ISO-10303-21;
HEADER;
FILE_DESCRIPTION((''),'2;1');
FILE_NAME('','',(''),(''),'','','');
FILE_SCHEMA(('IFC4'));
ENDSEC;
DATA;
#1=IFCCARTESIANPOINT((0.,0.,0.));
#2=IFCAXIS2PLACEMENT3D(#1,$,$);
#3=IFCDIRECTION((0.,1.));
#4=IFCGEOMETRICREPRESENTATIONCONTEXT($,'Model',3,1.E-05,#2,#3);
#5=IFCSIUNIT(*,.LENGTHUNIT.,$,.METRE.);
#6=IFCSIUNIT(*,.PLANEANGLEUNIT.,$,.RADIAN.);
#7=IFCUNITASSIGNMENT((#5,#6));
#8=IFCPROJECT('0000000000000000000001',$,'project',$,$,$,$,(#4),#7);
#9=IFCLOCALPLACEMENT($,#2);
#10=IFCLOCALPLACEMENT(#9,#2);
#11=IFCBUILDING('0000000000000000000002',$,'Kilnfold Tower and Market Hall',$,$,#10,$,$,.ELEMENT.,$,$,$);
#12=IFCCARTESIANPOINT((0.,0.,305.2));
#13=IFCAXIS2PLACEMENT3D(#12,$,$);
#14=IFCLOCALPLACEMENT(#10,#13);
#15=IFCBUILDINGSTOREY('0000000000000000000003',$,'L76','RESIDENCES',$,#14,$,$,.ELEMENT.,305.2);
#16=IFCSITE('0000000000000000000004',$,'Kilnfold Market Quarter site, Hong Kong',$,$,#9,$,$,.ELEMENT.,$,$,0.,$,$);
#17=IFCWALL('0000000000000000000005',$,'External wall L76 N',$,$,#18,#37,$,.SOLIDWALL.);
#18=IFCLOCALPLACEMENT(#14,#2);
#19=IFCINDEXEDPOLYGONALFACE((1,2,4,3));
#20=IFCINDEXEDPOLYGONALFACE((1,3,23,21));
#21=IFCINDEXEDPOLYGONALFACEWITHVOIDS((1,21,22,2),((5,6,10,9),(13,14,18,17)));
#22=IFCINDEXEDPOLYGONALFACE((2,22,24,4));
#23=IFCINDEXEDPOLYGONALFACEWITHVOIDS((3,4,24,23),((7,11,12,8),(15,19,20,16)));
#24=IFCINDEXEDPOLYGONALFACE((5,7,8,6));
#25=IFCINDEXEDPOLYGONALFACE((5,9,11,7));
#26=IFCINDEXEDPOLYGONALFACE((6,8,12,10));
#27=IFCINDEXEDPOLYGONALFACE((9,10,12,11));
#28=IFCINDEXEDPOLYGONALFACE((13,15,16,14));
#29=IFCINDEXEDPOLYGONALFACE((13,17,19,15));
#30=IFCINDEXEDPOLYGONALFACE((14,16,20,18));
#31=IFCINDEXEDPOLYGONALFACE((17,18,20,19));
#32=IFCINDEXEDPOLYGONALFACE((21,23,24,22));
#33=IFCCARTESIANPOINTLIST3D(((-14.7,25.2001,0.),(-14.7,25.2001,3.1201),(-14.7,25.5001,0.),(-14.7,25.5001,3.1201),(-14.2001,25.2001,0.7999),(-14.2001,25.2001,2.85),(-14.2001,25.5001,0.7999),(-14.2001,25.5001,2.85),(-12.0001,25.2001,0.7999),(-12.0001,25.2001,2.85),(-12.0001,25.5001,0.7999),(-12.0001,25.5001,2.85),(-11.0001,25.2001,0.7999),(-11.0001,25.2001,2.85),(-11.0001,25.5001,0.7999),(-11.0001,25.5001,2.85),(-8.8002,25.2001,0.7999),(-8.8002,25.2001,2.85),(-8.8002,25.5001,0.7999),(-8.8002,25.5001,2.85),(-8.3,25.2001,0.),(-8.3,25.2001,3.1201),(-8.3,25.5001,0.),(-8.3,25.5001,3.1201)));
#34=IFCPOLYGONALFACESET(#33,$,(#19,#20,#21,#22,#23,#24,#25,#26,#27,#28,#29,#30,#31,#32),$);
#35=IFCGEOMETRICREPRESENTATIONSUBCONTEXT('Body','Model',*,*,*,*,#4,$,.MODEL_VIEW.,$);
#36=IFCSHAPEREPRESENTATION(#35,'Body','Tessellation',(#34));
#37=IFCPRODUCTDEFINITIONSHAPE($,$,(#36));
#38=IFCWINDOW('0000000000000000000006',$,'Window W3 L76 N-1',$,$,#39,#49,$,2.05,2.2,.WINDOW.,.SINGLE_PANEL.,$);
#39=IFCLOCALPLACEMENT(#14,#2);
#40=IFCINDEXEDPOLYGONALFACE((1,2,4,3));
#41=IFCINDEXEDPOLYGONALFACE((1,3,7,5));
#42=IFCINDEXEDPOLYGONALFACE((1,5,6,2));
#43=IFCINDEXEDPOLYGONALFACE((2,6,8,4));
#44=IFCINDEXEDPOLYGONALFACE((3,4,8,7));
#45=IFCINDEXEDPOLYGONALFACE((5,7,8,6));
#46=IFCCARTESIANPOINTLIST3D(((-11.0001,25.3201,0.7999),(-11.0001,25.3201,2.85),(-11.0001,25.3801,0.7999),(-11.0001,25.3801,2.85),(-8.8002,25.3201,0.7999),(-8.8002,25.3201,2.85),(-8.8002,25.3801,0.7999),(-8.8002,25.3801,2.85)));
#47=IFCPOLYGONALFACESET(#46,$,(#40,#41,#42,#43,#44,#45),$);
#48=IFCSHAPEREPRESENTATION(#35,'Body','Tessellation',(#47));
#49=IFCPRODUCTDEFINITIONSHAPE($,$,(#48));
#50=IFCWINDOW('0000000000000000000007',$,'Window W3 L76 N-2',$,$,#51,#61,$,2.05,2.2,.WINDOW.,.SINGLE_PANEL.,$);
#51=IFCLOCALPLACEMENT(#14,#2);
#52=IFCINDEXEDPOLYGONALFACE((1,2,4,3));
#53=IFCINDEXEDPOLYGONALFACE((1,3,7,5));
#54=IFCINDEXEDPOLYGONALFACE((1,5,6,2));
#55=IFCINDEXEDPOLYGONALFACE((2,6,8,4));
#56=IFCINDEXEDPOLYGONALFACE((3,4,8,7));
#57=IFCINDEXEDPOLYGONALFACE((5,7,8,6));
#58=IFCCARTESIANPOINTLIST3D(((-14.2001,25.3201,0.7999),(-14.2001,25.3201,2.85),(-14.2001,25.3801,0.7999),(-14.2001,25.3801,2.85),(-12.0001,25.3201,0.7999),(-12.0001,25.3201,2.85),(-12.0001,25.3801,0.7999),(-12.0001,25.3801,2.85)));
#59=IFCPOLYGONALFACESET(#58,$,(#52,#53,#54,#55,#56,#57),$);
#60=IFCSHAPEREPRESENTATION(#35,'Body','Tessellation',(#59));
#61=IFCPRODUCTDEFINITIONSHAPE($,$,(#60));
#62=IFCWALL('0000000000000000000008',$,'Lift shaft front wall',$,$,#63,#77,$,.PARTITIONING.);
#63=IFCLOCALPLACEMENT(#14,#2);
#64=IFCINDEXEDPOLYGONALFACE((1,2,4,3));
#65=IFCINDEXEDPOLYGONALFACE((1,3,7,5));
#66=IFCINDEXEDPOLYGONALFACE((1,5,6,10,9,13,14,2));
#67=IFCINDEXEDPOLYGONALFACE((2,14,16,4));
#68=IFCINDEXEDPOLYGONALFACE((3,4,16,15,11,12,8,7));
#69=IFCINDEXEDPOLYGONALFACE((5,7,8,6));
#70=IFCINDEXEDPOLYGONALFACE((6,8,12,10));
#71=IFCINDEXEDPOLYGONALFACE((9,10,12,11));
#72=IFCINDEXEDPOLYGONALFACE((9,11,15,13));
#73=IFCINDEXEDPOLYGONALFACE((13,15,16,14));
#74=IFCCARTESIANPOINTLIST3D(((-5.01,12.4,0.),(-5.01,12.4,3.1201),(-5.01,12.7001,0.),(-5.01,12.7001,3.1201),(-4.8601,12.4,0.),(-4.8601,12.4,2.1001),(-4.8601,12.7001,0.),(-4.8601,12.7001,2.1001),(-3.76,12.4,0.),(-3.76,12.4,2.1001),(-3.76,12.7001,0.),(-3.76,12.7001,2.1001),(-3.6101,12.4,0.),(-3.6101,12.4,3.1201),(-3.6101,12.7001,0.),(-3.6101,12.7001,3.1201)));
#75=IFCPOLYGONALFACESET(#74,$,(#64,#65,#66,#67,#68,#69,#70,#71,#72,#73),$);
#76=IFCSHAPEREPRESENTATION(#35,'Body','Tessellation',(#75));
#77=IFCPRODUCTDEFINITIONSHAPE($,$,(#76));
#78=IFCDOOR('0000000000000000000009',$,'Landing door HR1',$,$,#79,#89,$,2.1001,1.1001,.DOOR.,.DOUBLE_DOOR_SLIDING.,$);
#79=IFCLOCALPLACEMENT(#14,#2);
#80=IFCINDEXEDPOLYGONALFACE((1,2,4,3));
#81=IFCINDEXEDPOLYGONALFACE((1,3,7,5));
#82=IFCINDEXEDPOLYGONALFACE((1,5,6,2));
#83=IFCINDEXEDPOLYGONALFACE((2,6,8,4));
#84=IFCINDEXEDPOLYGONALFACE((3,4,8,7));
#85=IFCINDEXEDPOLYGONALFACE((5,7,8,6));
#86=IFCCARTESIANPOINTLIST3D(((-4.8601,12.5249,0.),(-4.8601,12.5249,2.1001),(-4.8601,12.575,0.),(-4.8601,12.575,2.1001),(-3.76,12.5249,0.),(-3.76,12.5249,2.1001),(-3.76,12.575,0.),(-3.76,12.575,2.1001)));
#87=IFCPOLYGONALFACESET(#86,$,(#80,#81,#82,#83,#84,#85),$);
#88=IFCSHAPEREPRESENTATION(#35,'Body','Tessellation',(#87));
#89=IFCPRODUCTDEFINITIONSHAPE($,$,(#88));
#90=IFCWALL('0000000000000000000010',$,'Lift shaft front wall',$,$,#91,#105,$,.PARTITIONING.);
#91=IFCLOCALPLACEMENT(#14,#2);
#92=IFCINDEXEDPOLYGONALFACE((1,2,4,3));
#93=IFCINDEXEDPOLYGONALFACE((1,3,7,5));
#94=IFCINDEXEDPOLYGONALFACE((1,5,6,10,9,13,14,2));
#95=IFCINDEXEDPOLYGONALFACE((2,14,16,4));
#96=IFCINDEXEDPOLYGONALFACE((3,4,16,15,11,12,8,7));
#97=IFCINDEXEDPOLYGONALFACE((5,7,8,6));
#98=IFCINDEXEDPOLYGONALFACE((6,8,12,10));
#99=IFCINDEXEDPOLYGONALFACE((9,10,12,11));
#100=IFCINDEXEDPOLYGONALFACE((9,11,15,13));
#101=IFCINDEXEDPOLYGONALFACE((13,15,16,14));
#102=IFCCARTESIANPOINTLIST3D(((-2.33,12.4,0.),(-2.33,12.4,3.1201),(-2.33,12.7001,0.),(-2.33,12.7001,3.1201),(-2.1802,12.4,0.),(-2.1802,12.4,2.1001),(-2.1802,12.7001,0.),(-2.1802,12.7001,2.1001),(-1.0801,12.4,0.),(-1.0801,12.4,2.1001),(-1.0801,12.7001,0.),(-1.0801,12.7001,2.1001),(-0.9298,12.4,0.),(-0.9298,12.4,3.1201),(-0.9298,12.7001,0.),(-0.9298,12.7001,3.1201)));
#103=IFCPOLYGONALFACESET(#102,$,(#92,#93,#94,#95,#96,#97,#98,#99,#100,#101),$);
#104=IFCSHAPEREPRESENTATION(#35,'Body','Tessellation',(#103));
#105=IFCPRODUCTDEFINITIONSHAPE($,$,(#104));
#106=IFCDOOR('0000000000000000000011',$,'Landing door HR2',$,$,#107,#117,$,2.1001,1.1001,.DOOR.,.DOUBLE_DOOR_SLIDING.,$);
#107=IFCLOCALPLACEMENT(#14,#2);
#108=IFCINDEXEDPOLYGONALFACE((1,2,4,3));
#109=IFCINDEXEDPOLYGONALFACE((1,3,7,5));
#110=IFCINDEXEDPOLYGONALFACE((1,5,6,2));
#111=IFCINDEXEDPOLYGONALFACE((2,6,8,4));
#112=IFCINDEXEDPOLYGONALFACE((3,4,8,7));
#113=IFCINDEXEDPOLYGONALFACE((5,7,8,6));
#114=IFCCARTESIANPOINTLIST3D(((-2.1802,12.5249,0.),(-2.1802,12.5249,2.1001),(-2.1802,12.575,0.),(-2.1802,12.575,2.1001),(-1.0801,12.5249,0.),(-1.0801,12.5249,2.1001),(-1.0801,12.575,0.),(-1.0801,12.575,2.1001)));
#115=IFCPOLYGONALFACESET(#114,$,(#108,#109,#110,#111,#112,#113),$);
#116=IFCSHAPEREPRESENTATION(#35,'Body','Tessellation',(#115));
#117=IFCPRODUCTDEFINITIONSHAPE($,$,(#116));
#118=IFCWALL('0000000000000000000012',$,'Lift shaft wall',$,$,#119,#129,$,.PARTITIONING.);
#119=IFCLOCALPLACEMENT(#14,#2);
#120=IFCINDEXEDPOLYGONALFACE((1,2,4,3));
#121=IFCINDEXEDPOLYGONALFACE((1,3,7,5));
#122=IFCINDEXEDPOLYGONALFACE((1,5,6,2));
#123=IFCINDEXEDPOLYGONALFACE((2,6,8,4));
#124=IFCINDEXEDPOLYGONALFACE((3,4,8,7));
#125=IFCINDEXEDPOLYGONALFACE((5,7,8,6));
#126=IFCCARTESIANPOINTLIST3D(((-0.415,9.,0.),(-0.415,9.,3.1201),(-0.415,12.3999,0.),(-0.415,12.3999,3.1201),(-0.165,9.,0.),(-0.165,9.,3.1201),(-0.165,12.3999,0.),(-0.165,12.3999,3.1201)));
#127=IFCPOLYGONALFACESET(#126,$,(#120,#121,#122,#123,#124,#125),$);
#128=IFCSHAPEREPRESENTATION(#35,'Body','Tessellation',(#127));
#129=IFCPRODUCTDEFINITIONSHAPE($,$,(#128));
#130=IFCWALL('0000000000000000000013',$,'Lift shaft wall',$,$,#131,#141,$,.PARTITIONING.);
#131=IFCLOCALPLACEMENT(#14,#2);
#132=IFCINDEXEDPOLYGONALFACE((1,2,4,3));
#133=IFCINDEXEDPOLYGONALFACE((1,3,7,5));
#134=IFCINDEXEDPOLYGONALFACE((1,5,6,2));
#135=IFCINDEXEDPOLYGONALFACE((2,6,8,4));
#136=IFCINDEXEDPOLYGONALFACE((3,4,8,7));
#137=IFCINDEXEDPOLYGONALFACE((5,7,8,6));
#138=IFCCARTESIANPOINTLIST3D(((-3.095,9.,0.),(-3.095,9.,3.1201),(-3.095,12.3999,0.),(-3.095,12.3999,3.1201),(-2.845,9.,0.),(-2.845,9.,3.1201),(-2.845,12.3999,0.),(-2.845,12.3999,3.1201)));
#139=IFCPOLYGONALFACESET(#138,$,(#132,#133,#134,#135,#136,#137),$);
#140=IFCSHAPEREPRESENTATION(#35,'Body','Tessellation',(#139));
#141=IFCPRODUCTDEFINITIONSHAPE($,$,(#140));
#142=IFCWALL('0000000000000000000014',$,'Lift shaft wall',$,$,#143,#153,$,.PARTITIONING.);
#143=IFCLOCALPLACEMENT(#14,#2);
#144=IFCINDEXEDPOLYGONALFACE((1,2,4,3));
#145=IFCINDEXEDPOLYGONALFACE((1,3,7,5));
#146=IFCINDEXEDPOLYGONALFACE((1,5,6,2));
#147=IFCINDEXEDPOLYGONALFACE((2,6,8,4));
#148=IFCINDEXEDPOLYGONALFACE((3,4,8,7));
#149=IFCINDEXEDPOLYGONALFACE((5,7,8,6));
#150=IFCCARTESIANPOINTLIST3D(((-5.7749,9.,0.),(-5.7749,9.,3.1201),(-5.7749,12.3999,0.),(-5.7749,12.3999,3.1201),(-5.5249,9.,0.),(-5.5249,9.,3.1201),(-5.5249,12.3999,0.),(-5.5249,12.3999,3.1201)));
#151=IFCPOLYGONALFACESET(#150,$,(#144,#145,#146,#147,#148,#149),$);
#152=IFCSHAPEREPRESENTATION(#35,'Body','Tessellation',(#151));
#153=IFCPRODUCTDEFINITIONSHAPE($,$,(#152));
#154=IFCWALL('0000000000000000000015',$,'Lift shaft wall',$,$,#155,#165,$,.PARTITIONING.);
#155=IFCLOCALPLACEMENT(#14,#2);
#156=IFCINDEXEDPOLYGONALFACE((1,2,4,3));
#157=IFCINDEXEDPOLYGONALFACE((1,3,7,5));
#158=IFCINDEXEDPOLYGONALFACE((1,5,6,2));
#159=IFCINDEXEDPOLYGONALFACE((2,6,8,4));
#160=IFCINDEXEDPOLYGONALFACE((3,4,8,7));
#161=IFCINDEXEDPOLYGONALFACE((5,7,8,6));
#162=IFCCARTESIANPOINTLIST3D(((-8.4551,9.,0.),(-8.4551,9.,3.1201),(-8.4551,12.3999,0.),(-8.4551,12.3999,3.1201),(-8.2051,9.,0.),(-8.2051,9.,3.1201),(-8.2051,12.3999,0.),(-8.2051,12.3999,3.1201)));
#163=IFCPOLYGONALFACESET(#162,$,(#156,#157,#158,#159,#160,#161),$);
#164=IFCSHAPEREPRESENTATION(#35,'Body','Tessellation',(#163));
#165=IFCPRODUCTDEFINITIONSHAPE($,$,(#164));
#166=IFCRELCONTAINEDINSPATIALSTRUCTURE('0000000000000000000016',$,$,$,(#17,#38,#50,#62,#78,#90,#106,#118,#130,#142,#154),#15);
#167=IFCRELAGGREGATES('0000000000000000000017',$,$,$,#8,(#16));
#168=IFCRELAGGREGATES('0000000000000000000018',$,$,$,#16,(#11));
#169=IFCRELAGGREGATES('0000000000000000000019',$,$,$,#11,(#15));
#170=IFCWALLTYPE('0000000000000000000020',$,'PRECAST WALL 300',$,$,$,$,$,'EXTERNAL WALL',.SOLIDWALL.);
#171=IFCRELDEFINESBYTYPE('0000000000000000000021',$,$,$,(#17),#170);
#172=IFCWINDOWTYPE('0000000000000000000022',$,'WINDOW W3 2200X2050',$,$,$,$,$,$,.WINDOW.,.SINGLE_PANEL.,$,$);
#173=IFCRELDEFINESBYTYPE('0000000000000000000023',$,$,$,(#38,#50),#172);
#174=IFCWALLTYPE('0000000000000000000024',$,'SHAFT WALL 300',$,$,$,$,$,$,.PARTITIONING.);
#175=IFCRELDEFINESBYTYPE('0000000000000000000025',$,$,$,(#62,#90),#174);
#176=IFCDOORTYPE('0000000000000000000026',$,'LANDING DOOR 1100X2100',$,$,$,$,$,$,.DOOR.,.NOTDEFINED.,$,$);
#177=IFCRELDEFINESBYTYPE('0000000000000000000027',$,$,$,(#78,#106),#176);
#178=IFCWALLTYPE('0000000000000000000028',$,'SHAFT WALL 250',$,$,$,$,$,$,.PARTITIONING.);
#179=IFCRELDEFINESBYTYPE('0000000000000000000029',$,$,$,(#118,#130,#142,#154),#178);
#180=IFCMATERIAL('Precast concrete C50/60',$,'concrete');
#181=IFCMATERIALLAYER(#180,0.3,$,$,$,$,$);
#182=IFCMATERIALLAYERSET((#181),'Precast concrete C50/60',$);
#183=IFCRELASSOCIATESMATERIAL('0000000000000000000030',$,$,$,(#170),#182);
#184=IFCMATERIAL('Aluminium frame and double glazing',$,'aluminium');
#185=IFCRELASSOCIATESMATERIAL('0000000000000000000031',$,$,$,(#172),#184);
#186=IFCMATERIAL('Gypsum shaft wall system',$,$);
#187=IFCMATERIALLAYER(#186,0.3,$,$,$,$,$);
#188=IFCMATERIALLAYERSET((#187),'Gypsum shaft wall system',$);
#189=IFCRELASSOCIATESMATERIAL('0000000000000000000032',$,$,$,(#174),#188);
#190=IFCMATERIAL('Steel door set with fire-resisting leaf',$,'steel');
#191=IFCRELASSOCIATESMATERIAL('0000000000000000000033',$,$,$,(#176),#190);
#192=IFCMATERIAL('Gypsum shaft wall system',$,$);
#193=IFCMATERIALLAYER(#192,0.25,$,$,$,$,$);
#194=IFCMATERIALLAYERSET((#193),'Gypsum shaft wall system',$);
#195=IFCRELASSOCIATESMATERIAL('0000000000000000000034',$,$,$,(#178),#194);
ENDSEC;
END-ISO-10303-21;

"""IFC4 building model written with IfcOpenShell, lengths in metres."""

from ifc_helpers import new_model, si_unit, direction, frame, frame_2d, origin, place, context, subcontext, project, spatial, rectangle, extrude, source, transform, mapped, material, layer, layer_set, type_object, element, fill, save


model = new_model("IFC4")

# Units and contexts
model_context = context("Model", 3, precision=1e-05, world=origin(), true_north=direction((0.0, 1.0)))
body_context = subcontext(model_context, "Body", "Model", "MODEL_VIEW")
ifc_project = project(units=[si_unit("LENGTHUNIT", "METRE"), si_unit("PLANEANGLEUNIT", "RADIAN")], contexts=[model_context])

# Site, building, storey
site_placement = place(None, origin())
site = spatial("IfcSite", under=ifc_project, at=site_placement, Name="Kilnfold Market Quarter site, Hong Kong", CompositionType="ELEMENT", RefElevation=0.0)
building_placement = place(site_placement, origin())
building = spatial("IfcBuilding", under=site, at=building_placement, Name="Kilnfold Tower and Market Hall", CompositionType="ELEMENT")
storey_placement = place(building_placement, frame((0.0, 0.0, 305.2)))
storey = spatial("IfcBuildingStorey", under=building, at=storey_placement, Name="L76", Description="RESIDENCES", CompositionType="ELEMENT", Elevation=305.2)

# Wall, openings, windows
ifc_material_1 = material(Name="Precast concrete C50/60", Category="concrete")
ifc_layer_1 = layer(ifc_material_1, 0.3)
ifc_layer_set_1 = layer_set([ifc_layer_1], Name="Precast concrete C50/60")
wall_type_1 = type_object("IfcWallType", Name="PRECAST WALL 300", ElementType="EXTERNAL WALL", PredefinedType="SOLIDWALL", material=ifc_layer_set_1)
shared_shape_1 = source(origin(), body_context, "Body", "SweptSolid", [
    extrude(rectangle(XDim=6.3999, YDim=0.3, at=frame_2d((3.2, 0.0))), origin(), (0.0, 0.0, 1.0), 3.1201),
])
ifc_material_2 = material(Name="Aluminium frame and double glazing", Category="aluminium")
window_type = type_object("IfcWindowType", Name="WINDOW W3 2200X2050", PartitioningType="SINGLE_PANEL", PredefinedType="WINDOW", material=ifc_material_2)
wall_1_placement = place(storey_placement, frame((-8.3, 25.3501, 0.0), z_axis=(0.0, 0.0, 1.0), x_axis=(-1.0, 0.0, 0.0)))
wall_1 = element("IfcWall", 1, at=wall_1_placement, inside=storey, type_object=wall_type_1, Name="External wall L76 N", PredefinedType="SOLIDWALL", context=body_context, shape_type="MappedRepresentation", body=[
    mapped(shared_shape_1, transform((0.0, 0.0, 0.0))),
])
opening_1_placement = place(wall_1_placement, frame((0.5, 0.0, 0.8)))
opening_1 = element("IfcOpeningElement", 2, at=opening_1_placement, cuts=wall_1, PredefinedType="OPENING", context=body_context, shape_type="SweptSolid", body=[
    extrude(rectangle(XDim=2.2, YDim=2.05, at=frame_2d((1.1001, 1.0249))), frame((0.0, 0.1602, 0.0), z_axis=(0.0, -1.0, 0.0), x_axis=(1.0, 0.0, 0.0)), (0.0, 0.0, 1.0), 0.3201),
])
opening_2_placement = place(wall_1_placement, frame((3.7, 0.0, 0.8)))
opening_2 = element("IfcOpeningElement", 3, at=opening_2_placement, cuts=wall_1, PredefinedType="OPENING", context=body_context, shape_type="SweptSolid", body=[
    extrude(rectangle(XDim=2.2, YDim=2.05, at=frame_2d((1.1001, 1.0249))), frame((0.0, 0.1602, 0.0), z_axis=(0.0, -1.0, 0.0), x_axis=(1.0, 0.0, 0.0)), (0.0, 0.0, 1.0), 0.3201),
])
window_1_placement = place(opening_1_placement, origin())
window_1 = element("IfcWindow", 4, at=window_1_placement, inside=storey, type_object=window_type, Name="Window W3 L76 N-1", OverallHeight=2.05, OverallWidth=2.2, PartitioningType="SINGLE_PANEL", PredefinedType="WINDOW", context=body_context, shape_type="SweptSolid", body=[
    extrude(rectangle(XDim=2.2, YDim=2.05, at=frame_2d((1.1001, 1.0249))), frame((0.0, 0.03, 0.0), z_axis=(0.0, -1.0, 0.0), x_axis=(1.0, 0.0, 0.0)), (0.0, 0.0, 1.0), 0.0601),
])
fill(opening_1, window_1)
window_2_placement = place(opening_2_placement, origin())
window_2 = element("IfcWindow", 5, at=window_2_placement, inside=storey, type_object=window_type, Name="Window W3 L76 N-2", OverallHeight=2.05, OverallWidth=2.2, PartitioningType="SINGLE_PANEL", PredefinedType="WINDOW", context=body_context, shape_type="SweptSolid", body=[
    extrude(rectangle(XDim=2.2, YDim=2.05, at=frame_2d((1.1001, 1.0249))), frame((0.0, 0.03, 0.0), z_axis=(0.0, -1.0, 0.0), x_axis=(1.0, 0.0, 0.0)), (0.0, 0.0, 1.0), 0.0601),
])
fill(opening_2, window_2)

# Walls, openings, doors
ifc_material_3 = material(Name="Gypsum shaft wall system")
ifc_layer_2 = layer(ifc_material_3, 0.3)
ifc_layer_set_2 = layer_set([ifc_layer_2], Name="Gypsum shaft wall system")
wall_type_2 = type_object("IfcWallType", Name="SHAFT WALL 300", PredefinedType="PARTITIONING", material=ifc_layer_set_2)
shared_shape_2 = source(origin(), body_context, "Body", "SweptSolid", [
    extrude(rectangle(XDim=1.3999, YDim=0.3, at=frame_2d((0.7, 0.0))), origin(), (0.0, 0.0, 1.0), 3.1201),
])
wall_2_placement = place(storey_placement, frame((-5.01, 12.55, 0.0), z_axis=(0.0, 0.0, 1.0), x_axis=(1.0, 0.0, 0.0)))
wall_2 = element("IfcWall", 6, at=wall_2_placement, inside=storey, type_object=wall_type_2, Name="Lift shaft front wall", PredefinedType="PARTITIONING", context=body_context, shape_type="MappedRepresentation", body=[
    mapped(shared_shape_2, transform((0.0, 0.0, 0.0))),
])
opening_3_placement = place(wall_2_placement, frame((0.1499, 0.0, 0.0)))
opening_3 = element("IfcOpeningElement", 7, at=opening_3_placement, cuts=wall_2, PredefinedType="OPENING", context=body_context, shape_type="SweptSolid", body=[
    extrude(rectangle(XDim=1.1001, YDim=2.1001, at=frame_2d((0.55, 1.05))), frame((0.0, 0.1602, 0.0), z_axis=(0.0, -1.0, 0.0), x_axis=(1.0, 0.0, 0.0)), (0.0, 0.0, 1.0), 0.3201),
])
ifc_material_4 = material(Name="Steel door set with fire-resisting leaf", Category="steel")
door_type = type_object("IfcDoorType", Name="LANDING DOOR 1100X2100", OperationType="NOTDEFINED", PredefinedType="DOOR", material=ifc_material_4)
door_1_placement = place(opening_3_placement, origin())
door_1 = element("IfcDoor", 8, at=door_1_placement, inside=storey, type_object=door_type, Name="Landing door HR1", OperationType="DOUBLE_DOOR_SLIDING", OverallHeight=2.1001, OverallWidth=1.1001, PredefinedType="DOOR", context=body_context, shape_type="SweptSolid", body=[
    extrude(rectangle(XDim=1.1001, YDim=2.1001, at=frame_2d((0.55, 1.05))), frame((0.0, 0.0249, 0.0), z_axis=(0.0, -1.0, 0.0), x_axis=(1.0, 0.0, 0.0)), (0.0, 0.0, 1.0), 0.05),
])
fill(opening_3, door_1)
shared_shape_3 = source(origin(), body_context, "Body", "SweptSolid", [
    extrude(rectangle(XDim=1.4001, YDim=0.3, at=frame_2d((0.7002, 0.0))), origin(), (0.0, 0.0, 1.0), 3.1201),
])
wall_3_placement = place(storey_placement, frame((-2.3301, 12.55, 0.0), z_axis=(0.0, 0.0, 1.0), x_axis=(1.0, 0.0, 0.0)))
wall_3 = element("IfcWall", 9, at=wall_3_placement, inside=storey, type_object=wall_type_2, Name="Lift shaft front wall", PredefinedType="PARTITIONING", context=body_context, shape_type="MappedRepresentation", body=[
    mapped(shared_shape_3, transform((0.0, 0.0, 0.0))),
])
opening_4_placement = place(wall_3_placement, frame((0.1499, 0.0, 0.0)))
opening_4 = element("IfcOpeningElement", 10, at=opening_4_placement, cuts=wall_3, PredefinedType="OPENING", context=body_context, shape_type="SweptSolid", body=[
    extrude(rectangle(XDim=1.1001, YDim=2.1001, at=frame_2d((0.55, 1.05))), frame((0.0, 0.1602, 0.0), z_axis=(0.0, -1.0, 0.0), x_axis=(1.0, 0.0, 0.0)), (0.0, 0.0, 1.0), 0.3201),
])
door_2_placement = place(opening_4_placement, origin())
door_2 = element("IfcDoor", 11, at=door_2_placement, inside=storey, type_object=door_type, Name="Landing door HR2", OperationType="DOUBLE_DOOR_SLIDING", OverallHeight=2.1001, OverallWidth=1.1001, PredefinedType="DOOR", context=body_context, shape_type="SweptSolid", body=[
    extrude(rectangle(XDim=1.1001, YDim=2.1001, at=frame_2d((0.55, 1.05))), frame((0.0, 0.0249, 0.0), z_axis=(0.0, -1.0, 0.0), x_axis=(1.0, 0.0, 0.0)), (0.0, 0.0, 1.0), 0.05),
])
fill(opening_4, door_2)

# Walls
ifc_material_5 = material(Name="Gypsum shaft wall system")
ifc_layer_3 = layer(ifc_material_5, 0.25)
ifc_layer_set_3 = layer_set([ifc_layer_3], Name="Gypsum shaft wall system")
wall_type_3 = type_object("IfcWallType", Name="SHAFT WALL 250", PredefinedType="PARTITIONING", material=ifc_layer_set_3)
shared_shape_4 = source(origin(), body_context, "Body", "SweptSolid", [
    extrude(rectangle(XDim=3.3999, YDim=0.25, at=frame_2d((1.7, 0.0))), origin(), (0.0, 0.0, 1.0), 3.1201),
])
for number, where, z_axis, x_axis, name in (
    (12, (-0.29, 9.0, 0.0), (0.0, 0.0, 1.0), (0.0, 1.0, 0.0), "Lift shaft wall"),
    (13, (-2.97, 9.0, 0.0), (0.0, 0.0, 1.0), (0.0, 1.0, 0.0), "Lift shaft wall"),
    (14, (-5.6499, 9.0, 0.0), (0.0, 0.0, 1.0), (0.0, 1.0, 0.0), "Lift shaft wall"),
    (15, (-8.3301, 9.0, 0.0), (0.0, 0.0, 1.0), (0.0, 1.0, 0.0), "Lift shaft wall"),
):
    element("IfcWall", number, at=place(storey_placement, frame(where, z_axis=z_axis, x_axis=x_axis)), inside=storey, type_object=wall_type_3, Name=name, PredefinedType="PARTITIONING", context=body_context, shape_type="MappedRepresentation", body=[
        mapped(shared_shape_4, transform((0.0, 0.0, 0.0))),
    ])

save(model, "model.ifc")
